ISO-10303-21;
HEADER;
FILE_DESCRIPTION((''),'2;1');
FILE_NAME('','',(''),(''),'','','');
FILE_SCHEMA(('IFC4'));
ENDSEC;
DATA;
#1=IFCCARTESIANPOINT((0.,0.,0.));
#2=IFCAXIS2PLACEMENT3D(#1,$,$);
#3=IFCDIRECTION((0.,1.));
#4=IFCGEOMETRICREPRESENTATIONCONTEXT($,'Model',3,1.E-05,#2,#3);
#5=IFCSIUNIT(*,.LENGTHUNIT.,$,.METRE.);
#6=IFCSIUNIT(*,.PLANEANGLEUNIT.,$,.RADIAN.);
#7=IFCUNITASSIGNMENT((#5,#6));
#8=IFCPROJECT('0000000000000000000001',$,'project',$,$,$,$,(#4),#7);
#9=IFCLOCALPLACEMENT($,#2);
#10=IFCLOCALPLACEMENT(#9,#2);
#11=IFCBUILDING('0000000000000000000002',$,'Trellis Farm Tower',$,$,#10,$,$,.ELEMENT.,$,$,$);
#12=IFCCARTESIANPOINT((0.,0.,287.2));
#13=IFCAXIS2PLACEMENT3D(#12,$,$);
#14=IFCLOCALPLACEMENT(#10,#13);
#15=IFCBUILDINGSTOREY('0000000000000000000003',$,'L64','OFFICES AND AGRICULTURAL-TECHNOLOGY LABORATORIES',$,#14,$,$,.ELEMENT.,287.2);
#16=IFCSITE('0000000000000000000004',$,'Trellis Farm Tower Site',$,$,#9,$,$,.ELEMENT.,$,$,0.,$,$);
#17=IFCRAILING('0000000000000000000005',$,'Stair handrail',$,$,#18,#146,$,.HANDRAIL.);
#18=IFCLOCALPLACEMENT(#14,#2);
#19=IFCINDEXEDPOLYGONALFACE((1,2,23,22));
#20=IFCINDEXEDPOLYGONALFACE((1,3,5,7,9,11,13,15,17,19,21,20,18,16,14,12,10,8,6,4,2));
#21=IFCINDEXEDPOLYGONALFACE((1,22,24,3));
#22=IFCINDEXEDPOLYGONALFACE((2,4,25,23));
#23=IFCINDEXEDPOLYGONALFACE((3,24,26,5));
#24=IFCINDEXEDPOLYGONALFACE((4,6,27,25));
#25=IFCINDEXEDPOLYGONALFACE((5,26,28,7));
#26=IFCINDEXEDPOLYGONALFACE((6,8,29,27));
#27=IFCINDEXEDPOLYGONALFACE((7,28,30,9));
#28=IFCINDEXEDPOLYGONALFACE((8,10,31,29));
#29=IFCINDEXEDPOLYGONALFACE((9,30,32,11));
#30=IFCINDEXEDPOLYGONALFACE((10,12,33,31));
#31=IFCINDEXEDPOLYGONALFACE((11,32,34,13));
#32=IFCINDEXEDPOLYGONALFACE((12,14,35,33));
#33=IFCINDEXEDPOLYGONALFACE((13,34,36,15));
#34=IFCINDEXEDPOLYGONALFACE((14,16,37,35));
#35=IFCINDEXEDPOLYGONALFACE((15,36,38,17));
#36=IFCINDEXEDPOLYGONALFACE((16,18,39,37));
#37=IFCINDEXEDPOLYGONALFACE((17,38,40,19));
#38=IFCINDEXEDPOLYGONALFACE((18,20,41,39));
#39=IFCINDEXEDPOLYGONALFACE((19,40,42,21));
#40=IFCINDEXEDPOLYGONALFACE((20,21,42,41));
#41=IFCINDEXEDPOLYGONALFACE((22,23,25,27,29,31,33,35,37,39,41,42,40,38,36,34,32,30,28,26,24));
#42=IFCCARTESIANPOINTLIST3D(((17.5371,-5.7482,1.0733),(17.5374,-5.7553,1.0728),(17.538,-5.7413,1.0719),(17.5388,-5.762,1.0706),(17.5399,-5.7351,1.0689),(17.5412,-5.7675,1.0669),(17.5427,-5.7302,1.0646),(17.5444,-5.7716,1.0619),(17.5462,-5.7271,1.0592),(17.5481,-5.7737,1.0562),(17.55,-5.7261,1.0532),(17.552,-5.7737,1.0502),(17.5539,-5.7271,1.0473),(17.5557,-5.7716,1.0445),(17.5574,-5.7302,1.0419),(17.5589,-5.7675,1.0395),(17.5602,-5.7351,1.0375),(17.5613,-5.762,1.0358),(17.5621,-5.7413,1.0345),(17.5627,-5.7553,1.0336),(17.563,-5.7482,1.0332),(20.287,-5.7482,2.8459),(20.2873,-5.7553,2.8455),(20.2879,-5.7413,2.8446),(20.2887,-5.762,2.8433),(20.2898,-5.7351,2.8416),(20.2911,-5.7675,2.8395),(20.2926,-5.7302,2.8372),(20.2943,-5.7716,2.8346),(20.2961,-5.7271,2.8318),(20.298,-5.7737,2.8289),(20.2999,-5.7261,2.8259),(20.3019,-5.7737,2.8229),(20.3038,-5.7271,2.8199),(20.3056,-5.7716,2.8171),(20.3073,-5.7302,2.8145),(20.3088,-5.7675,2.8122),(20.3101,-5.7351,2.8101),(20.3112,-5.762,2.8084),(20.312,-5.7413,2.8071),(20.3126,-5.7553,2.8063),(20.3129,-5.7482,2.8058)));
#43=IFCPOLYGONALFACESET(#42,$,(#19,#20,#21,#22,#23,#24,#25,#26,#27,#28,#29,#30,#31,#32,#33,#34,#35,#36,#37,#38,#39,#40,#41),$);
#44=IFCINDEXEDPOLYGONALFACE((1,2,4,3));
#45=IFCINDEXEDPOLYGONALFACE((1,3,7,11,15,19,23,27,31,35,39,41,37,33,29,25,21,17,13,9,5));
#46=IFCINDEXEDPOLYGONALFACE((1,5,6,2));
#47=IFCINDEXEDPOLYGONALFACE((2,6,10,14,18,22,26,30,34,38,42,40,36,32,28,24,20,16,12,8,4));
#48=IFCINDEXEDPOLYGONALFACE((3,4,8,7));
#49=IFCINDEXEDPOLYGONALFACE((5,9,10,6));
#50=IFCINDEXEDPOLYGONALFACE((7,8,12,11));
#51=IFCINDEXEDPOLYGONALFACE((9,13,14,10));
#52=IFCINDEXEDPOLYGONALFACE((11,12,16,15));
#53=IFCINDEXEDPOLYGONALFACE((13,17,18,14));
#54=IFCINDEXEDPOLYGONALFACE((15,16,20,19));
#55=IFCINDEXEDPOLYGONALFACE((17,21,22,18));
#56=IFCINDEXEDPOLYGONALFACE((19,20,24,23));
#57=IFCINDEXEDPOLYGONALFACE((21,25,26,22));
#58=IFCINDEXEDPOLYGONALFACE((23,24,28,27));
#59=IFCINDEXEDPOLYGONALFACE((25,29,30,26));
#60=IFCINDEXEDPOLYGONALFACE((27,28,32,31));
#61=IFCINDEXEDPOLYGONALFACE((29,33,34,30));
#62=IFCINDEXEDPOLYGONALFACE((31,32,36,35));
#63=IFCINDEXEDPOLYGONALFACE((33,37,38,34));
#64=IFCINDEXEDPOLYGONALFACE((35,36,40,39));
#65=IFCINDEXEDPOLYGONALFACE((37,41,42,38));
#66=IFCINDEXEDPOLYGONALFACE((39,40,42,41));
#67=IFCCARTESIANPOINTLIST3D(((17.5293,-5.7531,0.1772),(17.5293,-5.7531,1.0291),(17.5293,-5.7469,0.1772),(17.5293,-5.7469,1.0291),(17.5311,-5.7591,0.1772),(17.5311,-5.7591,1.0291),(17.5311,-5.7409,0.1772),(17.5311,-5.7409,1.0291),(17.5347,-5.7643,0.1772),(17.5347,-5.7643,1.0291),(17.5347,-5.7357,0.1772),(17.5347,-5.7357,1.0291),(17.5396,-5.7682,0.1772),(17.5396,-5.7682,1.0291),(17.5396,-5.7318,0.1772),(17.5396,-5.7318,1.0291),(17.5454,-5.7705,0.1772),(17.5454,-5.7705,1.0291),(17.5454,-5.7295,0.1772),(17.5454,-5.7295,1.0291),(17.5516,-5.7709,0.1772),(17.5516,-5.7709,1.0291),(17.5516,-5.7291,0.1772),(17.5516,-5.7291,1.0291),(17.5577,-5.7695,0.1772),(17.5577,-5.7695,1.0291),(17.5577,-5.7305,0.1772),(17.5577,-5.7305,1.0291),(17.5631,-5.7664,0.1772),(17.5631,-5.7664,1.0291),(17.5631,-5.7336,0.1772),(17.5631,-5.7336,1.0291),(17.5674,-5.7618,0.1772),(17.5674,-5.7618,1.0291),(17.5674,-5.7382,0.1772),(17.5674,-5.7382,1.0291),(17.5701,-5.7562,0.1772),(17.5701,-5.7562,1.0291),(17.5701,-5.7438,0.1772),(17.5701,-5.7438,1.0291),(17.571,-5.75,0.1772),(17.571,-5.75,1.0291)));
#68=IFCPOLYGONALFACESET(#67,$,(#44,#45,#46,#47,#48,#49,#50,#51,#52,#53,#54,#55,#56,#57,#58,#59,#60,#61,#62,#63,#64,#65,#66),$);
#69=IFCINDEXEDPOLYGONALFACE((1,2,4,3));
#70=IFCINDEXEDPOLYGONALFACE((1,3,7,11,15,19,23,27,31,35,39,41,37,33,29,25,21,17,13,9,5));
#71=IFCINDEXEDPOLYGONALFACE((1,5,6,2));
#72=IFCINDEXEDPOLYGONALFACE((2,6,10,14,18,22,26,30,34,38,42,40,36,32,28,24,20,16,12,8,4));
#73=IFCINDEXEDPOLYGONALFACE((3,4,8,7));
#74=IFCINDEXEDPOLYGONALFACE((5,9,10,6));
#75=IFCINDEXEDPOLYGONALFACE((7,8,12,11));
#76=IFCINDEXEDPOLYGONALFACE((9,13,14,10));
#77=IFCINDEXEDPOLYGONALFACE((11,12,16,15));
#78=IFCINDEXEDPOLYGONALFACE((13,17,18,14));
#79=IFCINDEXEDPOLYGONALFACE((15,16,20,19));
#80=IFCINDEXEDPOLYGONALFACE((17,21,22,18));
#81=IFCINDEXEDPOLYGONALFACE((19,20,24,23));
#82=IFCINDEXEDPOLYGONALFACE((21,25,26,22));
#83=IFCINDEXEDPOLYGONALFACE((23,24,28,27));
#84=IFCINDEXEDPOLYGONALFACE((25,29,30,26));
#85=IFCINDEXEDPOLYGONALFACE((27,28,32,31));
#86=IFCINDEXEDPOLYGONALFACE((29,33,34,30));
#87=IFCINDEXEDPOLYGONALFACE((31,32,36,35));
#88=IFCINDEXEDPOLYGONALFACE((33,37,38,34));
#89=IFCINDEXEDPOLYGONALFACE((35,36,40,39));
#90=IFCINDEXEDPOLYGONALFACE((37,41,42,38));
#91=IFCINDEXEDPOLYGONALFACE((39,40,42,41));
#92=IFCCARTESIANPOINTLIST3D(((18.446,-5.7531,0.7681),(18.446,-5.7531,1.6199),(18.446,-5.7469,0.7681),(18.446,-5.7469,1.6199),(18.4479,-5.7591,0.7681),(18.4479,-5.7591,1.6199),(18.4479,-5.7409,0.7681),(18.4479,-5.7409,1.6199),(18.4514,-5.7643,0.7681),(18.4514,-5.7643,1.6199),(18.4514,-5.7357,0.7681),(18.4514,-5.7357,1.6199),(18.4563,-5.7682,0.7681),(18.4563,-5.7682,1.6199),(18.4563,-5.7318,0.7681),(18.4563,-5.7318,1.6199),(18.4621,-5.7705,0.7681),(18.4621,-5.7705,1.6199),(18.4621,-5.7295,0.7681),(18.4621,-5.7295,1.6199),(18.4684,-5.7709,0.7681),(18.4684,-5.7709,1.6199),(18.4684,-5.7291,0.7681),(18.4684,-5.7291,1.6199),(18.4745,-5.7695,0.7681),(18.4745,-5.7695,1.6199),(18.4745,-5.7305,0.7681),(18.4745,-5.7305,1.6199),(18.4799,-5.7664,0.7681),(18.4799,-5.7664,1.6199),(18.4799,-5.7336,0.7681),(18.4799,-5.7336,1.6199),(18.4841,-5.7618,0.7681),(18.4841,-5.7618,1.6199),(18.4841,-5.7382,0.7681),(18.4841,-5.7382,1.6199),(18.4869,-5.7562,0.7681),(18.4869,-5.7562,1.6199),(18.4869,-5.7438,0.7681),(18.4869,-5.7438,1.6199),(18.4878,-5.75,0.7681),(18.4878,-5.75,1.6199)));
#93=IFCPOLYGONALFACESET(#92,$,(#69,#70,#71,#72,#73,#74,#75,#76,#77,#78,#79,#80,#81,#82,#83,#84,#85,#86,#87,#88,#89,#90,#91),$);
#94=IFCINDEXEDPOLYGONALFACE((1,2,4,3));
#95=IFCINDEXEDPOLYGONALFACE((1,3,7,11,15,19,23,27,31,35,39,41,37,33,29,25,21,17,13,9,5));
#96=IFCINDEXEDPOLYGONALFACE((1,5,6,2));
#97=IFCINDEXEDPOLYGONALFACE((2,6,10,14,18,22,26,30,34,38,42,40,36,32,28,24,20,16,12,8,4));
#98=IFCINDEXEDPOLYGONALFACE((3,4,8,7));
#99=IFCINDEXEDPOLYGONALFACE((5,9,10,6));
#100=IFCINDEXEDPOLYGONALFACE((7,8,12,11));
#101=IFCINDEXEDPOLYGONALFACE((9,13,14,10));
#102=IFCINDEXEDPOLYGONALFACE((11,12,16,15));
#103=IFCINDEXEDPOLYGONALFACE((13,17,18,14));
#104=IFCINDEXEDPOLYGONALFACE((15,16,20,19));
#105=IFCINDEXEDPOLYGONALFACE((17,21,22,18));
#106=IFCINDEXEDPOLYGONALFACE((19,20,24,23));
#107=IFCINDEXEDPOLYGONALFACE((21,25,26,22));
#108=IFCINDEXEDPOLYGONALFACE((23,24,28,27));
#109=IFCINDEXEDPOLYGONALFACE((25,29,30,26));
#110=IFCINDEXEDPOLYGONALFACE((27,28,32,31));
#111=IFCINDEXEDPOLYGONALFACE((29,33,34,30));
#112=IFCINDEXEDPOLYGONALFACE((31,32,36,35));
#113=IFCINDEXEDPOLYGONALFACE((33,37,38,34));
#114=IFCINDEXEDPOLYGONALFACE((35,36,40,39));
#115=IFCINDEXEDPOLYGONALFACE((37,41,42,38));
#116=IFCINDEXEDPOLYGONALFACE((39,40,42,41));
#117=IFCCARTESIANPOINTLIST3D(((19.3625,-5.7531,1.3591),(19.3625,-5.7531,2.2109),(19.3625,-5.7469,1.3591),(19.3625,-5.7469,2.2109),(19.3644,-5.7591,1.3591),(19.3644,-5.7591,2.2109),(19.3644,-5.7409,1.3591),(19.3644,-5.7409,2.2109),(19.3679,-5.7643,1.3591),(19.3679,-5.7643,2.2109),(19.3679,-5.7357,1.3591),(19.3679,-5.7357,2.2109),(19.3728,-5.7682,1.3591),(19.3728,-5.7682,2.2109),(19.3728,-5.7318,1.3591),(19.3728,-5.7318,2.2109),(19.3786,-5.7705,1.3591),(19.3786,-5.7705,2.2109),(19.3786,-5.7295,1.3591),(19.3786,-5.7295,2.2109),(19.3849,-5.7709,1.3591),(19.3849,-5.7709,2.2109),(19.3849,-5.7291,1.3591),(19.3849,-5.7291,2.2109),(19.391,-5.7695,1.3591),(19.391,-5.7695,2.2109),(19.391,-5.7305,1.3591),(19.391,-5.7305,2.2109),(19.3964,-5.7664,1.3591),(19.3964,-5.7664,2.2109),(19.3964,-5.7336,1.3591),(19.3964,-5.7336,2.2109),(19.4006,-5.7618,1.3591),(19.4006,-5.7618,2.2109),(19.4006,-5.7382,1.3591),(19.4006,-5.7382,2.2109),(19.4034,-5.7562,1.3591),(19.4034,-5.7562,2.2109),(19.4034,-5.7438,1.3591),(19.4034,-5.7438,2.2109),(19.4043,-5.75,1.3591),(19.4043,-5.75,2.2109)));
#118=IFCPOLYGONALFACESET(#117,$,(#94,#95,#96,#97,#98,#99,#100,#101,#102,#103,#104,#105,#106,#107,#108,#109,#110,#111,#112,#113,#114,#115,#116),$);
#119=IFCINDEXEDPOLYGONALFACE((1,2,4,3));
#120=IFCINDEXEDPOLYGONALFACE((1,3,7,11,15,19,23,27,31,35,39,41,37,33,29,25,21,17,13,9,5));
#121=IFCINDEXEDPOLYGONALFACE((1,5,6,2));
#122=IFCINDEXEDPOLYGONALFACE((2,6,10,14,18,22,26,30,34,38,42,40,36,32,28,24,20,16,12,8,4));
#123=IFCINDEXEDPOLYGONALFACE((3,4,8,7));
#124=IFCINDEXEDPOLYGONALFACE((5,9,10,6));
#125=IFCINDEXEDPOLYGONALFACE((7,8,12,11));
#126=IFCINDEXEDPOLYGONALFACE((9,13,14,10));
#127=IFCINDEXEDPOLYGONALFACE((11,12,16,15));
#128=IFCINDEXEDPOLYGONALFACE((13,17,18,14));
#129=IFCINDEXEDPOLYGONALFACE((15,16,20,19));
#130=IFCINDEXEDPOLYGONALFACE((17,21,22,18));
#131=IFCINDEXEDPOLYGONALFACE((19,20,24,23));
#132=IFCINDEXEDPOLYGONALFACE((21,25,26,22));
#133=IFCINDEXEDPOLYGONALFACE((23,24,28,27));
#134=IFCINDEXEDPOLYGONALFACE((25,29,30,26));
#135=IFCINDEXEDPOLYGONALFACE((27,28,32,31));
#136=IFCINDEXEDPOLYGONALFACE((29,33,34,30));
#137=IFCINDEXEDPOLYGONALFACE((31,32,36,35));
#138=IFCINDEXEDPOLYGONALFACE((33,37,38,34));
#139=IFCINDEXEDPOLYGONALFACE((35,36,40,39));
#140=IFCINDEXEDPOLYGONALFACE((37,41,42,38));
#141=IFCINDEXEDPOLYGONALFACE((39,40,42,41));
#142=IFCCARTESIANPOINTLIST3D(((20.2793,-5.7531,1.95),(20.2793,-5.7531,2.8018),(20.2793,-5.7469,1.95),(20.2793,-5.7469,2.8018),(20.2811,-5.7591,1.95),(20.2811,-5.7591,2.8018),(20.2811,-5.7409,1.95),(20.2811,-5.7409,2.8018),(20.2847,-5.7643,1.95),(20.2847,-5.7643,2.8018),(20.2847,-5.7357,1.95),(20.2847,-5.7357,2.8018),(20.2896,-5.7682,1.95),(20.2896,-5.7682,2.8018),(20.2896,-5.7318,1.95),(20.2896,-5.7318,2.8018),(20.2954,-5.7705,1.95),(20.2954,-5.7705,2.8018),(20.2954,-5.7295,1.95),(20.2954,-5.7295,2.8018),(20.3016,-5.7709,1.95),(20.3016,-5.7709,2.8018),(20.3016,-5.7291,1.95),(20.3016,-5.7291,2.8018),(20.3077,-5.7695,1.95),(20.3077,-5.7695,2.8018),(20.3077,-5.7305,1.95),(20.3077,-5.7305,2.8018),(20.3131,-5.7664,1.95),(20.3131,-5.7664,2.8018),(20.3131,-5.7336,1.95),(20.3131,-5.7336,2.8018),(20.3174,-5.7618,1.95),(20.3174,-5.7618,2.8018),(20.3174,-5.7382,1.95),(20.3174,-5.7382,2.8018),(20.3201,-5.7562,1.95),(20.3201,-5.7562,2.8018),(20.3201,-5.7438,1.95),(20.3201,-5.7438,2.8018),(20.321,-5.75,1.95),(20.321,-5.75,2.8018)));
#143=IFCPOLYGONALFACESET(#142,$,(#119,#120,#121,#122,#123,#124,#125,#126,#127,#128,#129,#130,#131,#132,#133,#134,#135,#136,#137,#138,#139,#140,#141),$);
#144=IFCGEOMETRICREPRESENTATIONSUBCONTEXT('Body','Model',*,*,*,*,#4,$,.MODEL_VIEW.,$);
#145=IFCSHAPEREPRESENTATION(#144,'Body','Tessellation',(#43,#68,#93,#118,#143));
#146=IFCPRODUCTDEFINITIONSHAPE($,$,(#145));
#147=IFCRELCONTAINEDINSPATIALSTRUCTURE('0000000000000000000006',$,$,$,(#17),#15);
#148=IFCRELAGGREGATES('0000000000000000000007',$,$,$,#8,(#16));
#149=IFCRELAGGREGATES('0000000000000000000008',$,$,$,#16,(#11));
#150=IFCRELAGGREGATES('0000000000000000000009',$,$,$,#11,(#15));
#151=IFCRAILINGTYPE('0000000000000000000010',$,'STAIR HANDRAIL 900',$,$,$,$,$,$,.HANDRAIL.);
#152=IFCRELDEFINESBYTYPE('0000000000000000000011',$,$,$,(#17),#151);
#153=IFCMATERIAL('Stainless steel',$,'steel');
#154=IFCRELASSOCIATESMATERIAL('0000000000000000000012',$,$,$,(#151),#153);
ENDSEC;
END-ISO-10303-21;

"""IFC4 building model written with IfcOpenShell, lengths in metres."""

from ifc_helpers import new_model, si_unit, direction, frame, origin, origin_2d, place, context, subcontext, project, spatial, circle, extrude, source, transform, mapped, material, type_object, element, save


model = new_model("IFC4")

# Units and contexts
model_context = context("Model", 3, precision=1e-05, world=origin(), true_north=direction((0.0, 1.0)))
body_context = subcontext(model_context, "Body", "Model", "MODEL_VIEW")
ifc_project = project(units=[si_unit("LENGTHUNIT", "METRE"), si_unit("PLANEANGLEUNIT", "RADIAN")], contexts=[model_context])

# Site, building, storey
site_placement = place(None, origin())
site = spatial("IfcSite", under=ifc_project, at=site_placement, Name="Trellis Farm Tower Site", CompositionType="ELEMENT", RefElevation=0.0)
building_placement = place(site_placement, origin())
building = spatial("IfcBuilding", under=site, at=building_placement, Name="Trellis Farm Tower", CompositionType="ELEMENT")
storey_placement = place(building_placement, frame((0.0, 0.0, 287.2)))
storey = spatial("IfcBuildingStorey", under=building, at=storey_placement, Name="L64", Description="OFFICES AND AGRICULTURAL-TECHNOLOGY LABORATORIES", CompositionType="ELEMENT", Elevation=287.2)

# Railing
ifc_material_1 = material(Name="Stainless steel", Category="steel")
railing_type = type_object("IfcRailingType", Name="STAIR HANDRAIL 900", PredefinedType="HANDRAIL", material=ifc_material_1)
shared_shape_1 = source(origin(), body_context, "Body", "SweptSolid", [
    extrude(circle(Radius=0.0239, at=origin_2d()), frame((0.0, 0.0, 0.876), z_axis=(0.840504, 0.0, 0.541806), x_axis=(0.0, 1.0, 0.0)), (0.0, 0.0, 1.0), 3.2717),
    extrude(circle(Radius=0.021, at=origin_2d()), origin(), (0.0, 0.0, 1.0), 0.8518),
    extrude(circle(Radius=0.021, at=origin_2d()), frame((0.9167, 0.0, 0.5908)), (0.0, 0.0, 1.0), 0.8518),
    extrude(circle(Radius=0.021, at=origin_2d()), frame((1.8333, 0.0, 1.1819)), (0.0, 0.0, 1.0), 0.8518),
    extrude(circle(Radius=0.021, at=origin_2d()), frame((2.75, 0.0, 1.7727)), (0.0, 0.0, 1.0), 0.8518),
])
for number, where, name in (
    (1, (17.55, -5.75, 0.1772), "Stair handrail"),
):
    element("IfcRailing", number, at=place(storey_placement, frame(where)), inside=storey, type_object=railing_type, Name=name, PredefinedType="HANDRAIL", context=body_context, shape_type="MappedRepresentation", body=[
        mapped(shared_shape_1, transform((0.0, 0.0, 0.0))),
    ])

save(model, "model.ifc")
